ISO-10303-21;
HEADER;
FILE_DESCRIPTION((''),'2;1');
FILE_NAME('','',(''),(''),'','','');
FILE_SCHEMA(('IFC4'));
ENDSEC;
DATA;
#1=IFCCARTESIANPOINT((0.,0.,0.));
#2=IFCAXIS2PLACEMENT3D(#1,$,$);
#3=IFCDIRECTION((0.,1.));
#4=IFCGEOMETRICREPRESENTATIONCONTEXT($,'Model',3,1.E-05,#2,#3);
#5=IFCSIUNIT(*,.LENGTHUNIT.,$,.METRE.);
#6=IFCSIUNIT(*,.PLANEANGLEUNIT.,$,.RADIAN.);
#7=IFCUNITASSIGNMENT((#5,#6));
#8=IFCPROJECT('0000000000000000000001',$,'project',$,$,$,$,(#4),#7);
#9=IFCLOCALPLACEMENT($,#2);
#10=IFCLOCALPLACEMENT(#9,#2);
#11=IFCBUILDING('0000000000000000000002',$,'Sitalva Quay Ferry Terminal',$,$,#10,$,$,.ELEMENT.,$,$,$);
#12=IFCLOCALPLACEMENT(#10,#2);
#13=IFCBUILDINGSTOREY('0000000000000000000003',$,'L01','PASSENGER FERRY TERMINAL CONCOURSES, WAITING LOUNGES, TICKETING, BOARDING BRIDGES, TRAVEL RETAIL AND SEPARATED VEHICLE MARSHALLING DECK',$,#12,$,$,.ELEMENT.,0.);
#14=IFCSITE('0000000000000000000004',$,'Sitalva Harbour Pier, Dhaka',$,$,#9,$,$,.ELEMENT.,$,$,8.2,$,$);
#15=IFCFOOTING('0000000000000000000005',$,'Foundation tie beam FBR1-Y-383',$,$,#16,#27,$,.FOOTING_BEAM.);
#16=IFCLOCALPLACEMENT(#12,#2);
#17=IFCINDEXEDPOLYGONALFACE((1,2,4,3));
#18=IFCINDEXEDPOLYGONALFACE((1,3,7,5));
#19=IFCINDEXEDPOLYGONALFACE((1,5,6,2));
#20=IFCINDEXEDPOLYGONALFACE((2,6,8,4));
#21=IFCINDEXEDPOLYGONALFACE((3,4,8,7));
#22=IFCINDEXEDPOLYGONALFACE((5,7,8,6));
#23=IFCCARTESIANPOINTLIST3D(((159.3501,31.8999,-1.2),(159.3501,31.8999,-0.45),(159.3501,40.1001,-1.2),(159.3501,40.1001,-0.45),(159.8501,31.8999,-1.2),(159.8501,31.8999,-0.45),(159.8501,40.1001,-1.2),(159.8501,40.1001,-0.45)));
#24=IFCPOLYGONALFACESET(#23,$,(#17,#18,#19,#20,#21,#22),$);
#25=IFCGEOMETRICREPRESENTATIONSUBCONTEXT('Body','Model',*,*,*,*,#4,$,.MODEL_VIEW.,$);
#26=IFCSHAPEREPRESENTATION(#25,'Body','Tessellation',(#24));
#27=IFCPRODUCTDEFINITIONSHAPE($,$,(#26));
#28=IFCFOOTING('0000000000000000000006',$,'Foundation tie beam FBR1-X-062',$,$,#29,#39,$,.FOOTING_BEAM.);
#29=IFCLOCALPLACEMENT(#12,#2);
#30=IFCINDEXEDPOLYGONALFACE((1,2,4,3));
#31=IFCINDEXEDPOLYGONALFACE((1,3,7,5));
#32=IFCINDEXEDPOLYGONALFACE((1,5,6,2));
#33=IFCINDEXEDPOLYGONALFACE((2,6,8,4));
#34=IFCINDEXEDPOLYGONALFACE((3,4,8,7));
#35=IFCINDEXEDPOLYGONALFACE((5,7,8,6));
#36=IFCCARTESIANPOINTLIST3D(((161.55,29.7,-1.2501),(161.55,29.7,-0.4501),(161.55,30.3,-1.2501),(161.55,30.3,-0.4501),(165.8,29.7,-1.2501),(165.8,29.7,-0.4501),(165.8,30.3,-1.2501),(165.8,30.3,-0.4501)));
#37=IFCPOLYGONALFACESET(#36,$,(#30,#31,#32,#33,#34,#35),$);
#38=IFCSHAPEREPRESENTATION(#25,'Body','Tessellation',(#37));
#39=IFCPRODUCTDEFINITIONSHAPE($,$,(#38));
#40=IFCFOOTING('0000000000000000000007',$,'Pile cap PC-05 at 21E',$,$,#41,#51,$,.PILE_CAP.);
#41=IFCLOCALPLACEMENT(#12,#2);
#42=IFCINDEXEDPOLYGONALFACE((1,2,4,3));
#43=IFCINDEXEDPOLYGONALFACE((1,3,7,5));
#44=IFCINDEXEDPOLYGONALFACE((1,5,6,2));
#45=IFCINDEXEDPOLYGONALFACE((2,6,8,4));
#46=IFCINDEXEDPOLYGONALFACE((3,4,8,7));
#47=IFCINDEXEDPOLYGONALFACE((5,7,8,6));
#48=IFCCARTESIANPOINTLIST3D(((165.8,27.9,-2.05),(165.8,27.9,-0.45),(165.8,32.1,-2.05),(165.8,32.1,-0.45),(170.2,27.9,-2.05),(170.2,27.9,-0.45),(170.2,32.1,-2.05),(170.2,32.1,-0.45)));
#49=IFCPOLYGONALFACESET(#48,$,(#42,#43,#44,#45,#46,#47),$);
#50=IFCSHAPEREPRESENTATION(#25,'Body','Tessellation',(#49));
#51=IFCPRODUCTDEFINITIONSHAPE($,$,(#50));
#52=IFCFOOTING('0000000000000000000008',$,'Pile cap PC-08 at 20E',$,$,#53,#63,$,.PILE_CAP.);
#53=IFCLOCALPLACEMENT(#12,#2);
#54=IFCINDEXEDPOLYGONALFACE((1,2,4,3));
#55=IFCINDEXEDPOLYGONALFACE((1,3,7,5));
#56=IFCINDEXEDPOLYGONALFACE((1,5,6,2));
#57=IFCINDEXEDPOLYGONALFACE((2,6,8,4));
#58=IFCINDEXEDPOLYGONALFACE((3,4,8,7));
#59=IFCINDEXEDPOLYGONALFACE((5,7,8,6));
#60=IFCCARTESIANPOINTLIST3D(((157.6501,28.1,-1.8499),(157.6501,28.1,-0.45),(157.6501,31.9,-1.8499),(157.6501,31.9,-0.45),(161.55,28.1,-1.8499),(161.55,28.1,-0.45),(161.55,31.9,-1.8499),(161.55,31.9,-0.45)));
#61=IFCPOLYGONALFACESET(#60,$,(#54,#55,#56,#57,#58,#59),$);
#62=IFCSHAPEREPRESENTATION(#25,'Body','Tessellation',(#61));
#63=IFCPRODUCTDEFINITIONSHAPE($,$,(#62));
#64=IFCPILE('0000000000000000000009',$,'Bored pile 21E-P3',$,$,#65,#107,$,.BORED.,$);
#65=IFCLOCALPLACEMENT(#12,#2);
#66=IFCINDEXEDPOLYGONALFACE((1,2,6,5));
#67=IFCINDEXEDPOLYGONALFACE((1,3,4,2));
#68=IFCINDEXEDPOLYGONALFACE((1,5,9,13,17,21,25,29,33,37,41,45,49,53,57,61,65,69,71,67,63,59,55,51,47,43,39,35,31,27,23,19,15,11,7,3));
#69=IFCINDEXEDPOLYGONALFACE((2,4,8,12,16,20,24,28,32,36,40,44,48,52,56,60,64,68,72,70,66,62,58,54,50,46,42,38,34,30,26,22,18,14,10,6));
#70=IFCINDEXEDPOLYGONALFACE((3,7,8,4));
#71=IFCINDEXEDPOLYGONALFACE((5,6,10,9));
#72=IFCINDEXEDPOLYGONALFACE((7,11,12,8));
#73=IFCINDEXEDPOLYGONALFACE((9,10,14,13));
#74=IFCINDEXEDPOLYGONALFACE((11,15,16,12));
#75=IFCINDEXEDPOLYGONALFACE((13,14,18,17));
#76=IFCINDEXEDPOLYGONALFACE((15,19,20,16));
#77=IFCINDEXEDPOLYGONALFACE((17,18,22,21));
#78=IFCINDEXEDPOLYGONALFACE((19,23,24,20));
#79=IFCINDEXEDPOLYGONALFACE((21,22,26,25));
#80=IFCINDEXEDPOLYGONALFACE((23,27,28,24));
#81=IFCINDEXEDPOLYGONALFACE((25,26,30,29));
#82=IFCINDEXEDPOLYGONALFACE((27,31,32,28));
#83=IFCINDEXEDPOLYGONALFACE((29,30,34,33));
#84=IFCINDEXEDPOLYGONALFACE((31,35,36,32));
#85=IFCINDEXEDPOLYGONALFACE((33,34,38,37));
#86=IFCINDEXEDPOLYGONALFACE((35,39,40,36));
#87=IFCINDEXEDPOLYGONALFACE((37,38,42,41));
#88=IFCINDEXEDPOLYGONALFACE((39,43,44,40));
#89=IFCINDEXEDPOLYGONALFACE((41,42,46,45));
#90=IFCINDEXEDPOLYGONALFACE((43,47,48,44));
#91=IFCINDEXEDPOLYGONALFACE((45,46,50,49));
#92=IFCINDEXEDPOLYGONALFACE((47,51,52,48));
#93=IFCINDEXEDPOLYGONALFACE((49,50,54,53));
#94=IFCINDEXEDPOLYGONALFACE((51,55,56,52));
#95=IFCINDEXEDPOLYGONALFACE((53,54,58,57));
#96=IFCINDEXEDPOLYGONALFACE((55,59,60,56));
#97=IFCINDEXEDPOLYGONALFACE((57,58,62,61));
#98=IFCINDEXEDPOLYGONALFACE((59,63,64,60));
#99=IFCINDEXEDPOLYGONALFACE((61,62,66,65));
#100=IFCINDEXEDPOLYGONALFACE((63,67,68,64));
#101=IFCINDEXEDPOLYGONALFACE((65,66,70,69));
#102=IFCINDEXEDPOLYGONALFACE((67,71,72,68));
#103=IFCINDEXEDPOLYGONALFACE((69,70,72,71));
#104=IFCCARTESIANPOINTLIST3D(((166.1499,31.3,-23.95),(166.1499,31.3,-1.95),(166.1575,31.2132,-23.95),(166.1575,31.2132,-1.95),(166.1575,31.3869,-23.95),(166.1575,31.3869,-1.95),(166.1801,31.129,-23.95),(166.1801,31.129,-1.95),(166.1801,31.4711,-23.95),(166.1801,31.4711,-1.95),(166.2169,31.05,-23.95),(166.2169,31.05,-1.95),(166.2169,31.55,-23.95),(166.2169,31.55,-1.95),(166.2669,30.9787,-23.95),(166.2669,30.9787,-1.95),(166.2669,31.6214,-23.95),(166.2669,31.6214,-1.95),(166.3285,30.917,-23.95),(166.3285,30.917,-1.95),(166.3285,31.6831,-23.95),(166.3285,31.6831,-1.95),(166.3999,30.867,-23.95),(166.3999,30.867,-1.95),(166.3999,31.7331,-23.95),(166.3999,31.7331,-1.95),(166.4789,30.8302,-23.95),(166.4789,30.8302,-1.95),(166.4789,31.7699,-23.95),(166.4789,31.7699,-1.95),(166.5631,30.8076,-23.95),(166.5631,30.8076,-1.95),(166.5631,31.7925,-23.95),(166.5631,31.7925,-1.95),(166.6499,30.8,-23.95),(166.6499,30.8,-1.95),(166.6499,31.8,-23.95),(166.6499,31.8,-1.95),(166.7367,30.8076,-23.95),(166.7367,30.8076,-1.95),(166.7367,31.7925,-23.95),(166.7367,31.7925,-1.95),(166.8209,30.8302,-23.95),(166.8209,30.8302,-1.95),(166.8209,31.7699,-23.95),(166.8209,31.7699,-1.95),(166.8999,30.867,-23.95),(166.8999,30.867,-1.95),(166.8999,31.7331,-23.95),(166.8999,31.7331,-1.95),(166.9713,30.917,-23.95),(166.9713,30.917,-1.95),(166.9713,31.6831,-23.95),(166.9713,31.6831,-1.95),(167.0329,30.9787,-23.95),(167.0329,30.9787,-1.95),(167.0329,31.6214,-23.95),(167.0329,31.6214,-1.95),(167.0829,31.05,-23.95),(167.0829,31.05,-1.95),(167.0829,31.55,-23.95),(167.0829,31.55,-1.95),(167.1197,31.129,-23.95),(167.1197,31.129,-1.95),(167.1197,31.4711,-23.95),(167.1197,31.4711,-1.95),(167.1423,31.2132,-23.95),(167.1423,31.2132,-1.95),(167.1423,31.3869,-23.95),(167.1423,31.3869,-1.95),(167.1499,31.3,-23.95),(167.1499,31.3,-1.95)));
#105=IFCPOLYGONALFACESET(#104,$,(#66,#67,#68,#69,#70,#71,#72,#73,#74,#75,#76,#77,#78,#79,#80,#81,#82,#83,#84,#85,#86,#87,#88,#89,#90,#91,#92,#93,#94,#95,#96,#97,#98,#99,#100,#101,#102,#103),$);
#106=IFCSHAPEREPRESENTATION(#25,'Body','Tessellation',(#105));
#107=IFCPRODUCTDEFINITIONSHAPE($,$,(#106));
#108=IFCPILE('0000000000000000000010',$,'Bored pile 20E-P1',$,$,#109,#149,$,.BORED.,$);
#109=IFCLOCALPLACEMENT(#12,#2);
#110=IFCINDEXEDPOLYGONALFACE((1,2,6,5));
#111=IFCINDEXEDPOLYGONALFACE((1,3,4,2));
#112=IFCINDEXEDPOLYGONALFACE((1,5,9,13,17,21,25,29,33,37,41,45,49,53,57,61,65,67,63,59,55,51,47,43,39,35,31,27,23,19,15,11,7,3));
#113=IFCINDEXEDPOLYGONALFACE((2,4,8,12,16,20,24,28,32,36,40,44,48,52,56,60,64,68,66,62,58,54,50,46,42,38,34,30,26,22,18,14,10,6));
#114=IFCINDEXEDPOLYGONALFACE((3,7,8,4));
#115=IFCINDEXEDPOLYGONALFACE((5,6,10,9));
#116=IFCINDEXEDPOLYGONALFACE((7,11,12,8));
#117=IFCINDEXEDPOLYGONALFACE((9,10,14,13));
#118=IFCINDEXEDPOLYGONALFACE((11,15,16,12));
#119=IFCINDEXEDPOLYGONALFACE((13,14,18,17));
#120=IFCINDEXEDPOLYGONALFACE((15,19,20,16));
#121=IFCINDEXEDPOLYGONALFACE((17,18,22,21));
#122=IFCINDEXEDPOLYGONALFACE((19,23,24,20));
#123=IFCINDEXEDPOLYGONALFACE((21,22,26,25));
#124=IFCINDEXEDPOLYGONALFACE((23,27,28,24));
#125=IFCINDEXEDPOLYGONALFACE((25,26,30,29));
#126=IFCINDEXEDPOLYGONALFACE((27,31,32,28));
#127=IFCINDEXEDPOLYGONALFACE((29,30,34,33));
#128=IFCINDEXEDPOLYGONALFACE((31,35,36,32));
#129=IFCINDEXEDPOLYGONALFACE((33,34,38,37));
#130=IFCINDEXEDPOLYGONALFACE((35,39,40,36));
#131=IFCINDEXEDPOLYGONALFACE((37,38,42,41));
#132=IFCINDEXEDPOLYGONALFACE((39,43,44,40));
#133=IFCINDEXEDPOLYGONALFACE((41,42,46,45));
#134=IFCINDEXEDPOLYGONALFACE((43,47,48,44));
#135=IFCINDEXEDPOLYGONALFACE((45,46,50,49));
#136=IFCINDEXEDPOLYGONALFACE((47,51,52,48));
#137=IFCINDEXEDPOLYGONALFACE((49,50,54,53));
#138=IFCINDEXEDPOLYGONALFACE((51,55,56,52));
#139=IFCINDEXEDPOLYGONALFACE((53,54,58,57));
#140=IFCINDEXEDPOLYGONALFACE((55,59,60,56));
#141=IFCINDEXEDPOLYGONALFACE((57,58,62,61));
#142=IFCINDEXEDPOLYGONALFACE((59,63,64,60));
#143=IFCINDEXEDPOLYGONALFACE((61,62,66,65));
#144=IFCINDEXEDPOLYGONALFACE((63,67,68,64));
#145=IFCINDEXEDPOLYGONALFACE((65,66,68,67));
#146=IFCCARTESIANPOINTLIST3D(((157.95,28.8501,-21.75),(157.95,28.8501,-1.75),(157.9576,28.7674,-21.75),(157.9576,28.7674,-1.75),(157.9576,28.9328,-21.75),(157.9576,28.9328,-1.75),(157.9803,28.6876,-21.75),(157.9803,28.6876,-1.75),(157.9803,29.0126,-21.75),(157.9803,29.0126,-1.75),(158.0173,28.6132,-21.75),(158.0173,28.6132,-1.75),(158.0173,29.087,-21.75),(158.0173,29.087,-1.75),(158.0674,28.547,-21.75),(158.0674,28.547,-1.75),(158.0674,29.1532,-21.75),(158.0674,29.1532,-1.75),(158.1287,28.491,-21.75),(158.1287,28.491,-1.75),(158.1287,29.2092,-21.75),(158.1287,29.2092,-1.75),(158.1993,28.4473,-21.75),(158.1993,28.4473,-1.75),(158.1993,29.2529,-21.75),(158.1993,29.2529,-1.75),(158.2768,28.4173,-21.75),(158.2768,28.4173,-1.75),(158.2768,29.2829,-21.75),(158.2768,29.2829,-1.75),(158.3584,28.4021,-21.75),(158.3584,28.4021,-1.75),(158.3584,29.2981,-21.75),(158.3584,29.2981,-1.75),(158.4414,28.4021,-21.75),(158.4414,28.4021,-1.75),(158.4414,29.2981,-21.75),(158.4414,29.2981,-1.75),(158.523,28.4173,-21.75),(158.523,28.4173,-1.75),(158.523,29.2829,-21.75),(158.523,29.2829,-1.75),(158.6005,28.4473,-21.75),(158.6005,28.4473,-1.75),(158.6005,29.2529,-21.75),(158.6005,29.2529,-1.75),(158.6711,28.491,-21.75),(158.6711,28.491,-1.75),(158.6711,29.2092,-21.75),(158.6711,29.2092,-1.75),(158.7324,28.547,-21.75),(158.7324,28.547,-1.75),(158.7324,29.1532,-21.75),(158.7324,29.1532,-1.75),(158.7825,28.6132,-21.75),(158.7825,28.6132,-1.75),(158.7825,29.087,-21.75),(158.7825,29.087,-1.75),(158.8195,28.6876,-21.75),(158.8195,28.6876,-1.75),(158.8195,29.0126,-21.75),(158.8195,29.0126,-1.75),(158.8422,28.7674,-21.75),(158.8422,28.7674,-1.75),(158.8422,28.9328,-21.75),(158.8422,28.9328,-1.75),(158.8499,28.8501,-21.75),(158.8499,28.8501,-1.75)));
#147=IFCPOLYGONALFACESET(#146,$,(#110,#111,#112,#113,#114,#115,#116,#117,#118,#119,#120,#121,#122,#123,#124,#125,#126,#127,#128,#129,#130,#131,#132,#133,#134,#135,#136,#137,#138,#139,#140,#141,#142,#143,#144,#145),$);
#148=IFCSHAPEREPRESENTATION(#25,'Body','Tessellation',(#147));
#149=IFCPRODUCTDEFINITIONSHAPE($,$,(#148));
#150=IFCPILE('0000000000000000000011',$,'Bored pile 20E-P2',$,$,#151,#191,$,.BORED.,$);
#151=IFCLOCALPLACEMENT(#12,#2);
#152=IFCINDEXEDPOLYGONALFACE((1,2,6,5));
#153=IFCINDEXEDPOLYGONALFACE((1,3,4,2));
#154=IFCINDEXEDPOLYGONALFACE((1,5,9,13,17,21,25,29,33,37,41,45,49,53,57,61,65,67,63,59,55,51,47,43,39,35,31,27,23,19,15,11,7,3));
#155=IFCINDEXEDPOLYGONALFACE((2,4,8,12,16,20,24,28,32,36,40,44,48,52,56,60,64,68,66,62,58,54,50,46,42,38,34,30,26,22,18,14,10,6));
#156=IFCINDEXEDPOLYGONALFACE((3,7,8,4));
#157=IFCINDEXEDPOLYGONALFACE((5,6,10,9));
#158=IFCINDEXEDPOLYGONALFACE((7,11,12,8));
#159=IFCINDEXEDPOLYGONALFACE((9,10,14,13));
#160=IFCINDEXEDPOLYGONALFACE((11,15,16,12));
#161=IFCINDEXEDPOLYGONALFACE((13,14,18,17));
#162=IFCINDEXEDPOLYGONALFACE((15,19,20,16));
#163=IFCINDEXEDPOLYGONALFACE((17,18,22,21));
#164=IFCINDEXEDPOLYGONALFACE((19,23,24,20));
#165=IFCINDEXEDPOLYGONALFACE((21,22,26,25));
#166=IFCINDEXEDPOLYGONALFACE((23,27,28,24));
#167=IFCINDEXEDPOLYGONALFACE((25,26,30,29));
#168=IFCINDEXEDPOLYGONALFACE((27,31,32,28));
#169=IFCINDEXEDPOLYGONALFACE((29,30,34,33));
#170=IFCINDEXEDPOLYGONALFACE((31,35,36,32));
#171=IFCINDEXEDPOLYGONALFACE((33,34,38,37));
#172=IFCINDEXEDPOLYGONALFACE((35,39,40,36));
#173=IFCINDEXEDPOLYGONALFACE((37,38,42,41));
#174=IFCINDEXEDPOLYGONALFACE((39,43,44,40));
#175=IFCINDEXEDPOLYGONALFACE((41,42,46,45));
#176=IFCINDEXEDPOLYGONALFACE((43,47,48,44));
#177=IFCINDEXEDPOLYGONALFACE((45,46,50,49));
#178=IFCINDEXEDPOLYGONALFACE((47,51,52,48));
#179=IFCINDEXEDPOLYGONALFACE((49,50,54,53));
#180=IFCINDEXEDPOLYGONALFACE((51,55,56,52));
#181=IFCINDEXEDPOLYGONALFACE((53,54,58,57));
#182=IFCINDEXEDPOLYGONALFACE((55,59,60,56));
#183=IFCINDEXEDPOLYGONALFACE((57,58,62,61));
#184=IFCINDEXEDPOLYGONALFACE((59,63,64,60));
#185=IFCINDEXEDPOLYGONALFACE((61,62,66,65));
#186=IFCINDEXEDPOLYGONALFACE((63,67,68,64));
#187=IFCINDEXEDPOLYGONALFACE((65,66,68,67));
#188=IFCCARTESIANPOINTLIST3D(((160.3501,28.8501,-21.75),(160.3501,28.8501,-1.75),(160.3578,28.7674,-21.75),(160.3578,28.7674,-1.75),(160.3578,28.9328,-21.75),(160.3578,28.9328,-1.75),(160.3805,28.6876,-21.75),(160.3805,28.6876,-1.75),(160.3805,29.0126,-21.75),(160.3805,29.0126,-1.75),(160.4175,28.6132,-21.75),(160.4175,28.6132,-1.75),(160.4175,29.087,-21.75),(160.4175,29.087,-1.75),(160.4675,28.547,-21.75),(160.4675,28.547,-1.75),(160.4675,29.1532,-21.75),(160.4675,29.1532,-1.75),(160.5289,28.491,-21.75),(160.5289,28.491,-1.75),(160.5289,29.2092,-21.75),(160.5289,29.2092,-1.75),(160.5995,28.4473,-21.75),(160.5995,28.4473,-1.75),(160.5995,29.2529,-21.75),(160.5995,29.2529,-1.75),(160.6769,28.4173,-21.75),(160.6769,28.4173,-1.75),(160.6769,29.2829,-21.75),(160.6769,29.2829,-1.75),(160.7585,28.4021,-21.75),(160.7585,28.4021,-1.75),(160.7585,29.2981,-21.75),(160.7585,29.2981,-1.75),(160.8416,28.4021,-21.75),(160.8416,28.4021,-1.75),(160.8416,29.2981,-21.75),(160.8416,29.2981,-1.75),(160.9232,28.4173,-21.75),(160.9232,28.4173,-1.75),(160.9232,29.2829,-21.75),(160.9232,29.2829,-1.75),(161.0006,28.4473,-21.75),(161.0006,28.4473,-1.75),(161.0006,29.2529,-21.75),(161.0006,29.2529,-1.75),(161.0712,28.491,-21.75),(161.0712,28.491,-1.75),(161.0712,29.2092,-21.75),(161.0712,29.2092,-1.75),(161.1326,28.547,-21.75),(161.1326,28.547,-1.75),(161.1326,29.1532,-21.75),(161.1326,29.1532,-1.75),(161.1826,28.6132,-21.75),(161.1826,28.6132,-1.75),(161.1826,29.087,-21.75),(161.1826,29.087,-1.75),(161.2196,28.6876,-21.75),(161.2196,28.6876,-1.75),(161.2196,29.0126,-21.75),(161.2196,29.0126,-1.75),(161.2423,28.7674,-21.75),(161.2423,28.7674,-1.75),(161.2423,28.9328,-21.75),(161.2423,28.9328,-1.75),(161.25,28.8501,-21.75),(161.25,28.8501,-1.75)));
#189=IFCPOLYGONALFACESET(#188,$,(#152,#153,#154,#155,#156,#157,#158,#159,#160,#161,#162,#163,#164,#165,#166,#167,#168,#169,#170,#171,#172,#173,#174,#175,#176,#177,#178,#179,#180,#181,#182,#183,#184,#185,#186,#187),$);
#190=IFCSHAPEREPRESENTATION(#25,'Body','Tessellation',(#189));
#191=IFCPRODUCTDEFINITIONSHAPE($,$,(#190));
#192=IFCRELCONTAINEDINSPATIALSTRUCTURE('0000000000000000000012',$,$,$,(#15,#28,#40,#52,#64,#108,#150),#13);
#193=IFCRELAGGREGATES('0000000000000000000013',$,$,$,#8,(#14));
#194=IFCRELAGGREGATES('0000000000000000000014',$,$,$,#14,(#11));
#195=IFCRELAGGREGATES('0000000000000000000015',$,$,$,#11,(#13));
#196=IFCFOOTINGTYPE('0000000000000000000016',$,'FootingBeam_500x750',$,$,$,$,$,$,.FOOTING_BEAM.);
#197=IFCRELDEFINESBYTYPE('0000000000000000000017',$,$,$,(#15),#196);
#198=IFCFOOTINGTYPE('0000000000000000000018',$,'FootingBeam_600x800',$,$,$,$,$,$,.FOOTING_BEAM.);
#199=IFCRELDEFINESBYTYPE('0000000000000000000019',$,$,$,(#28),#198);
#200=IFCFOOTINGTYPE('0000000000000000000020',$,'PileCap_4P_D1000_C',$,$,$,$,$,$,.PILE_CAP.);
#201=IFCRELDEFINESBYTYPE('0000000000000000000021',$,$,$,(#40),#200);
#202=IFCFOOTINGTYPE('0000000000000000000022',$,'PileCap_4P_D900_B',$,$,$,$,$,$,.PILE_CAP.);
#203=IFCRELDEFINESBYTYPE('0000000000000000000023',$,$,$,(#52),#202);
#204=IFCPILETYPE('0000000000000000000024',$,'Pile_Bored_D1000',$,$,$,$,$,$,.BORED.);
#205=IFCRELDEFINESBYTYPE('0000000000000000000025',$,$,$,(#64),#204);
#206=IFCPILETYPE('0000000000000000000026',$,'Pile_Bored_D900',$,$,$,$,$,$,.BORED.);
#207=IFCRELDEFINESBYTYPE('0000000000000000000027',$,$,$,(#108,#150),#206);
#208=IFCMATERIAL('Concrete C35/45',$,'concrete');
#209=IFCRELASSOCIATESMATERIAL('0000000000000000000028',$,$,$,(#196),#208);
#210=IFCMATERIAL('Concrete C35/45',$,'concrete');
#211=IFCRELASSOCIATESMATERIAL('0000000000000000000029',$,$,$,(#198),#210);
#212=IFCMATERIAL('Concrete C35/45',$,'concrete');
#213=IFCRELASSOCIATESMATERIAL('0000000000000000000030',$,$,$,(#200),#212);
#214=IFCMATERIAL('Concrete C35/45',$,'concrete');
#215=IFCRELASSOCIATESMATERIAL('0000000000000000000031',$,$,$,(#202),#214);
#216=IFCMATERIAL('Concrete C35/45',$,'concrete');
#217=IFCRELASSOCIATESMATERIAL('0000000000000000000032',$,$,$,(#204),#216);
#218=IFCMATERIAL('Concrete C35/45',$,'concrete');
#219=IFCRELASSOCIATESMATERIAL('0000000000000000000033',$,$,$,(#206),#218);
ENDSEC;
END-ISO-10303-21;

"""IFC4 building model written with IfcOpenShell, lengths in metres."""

from ifc_helpers import new_model, si_unit, direction, frame, origin, origin_2d, place, context, subcontext, project, spatial, rectangle, circle, extrude, material, material_profile, profile_set, type_object, element, save


model = new_model("IFC4")

# Units and contexts
model_context = context("Model", 3, precision=1e-05, world=origin(), true_north=direction((0.0, 1.0)))
body_context = subcontext(model_context, "Body", "Model", "MODEL_VIEW")
ifc_project = project(units=[si_unit("LENGTHUNIT", "METRE"), si_unit("PLANEANGLEUNIT", "RADIAN")], contexts=[model_context])

# Site, building, storey
site_placement = place(None, origin())
site = spatial("IfcSite", under=ifc_project, at=site_placement, Name="Sitalva Harbour Pier, Dhaka", CompositionType="ELEMENT", RefElevation=8.2)
building_placement = place(site_placement, origin())
building = spatial("IfcBuilding", under=site, at=building_placement, Name="Sitalva Quay Ferry Terminal", CompositionType="ELEMENT")
storey_placement = place(building_placement, origin())
storey = spatial("IfcBuildingStorey", under=building, at=storey_placement, Name="L01", Description="PASSENGER FERRY TERMINAL CONCOURSES, WAITING LOUNGES, TICKETING, BOARDING BRIDGES, TRAVEL RETAIL AND SEPARATED VEHICLE MARSHALLING DECK", CompositionType="ELEMENT", Elevation=0.0)

# Footings
ifc_material_1 = material(Name="Concrete C35/45", Category="concrete")
ifc_material_profile_1 = material_profile(ifc_material_1, rectangle(XDim=0.5, YDim=0.75, at=origin_2d()), Name="RC500x750")
ifc_profile_set_1 = profile_set([ifc_material_profile_1], Name="Concrete C35/45")
footing_type_1 = type_object("IfcFootingType", Name="FootingBeam_500x750", PredefinedType="FOOTING_BEAM", material=ifc_profile_set_1)
footing_1_placement = place(storey_placement, frame((159.6001, 31.8999, -0.825), z_axis=(0.0, 1.0, 0.0), x_axis=(-1.0, 0.0, 0.0)))
element("IfcFooting", 1, at=footing_1_placement, inside=storey, type_object=footing_type_1, Name="Foundation tie beam FBR1-Y-383", PredefinedType="FOOTING_BEAM", context=body_context, shape_type="SweptSolid", body=[
    extrude(rectangle(XDim=0.5, YDim=0.75, at=origin_2d()), origin(), (0.0, 0.0, 1.0), 8.2002),
])
ifc_material_2 = material(Name="Concrete C35/45", Category="concrete")
ifc_material_profile_2 = material_profile(ifc_material_2, rectangle(XDim=0.6001, YDim=0.8, at=origin_2d()), Name="RC600x800")
ifc_profile_set_2 = profile_set([ifc_material_profile_2], Name="Concrete C35/45")
footing_type_2 = type_object("IfcFootingType", Name="FootingBeam_600x800", PredefinedType="FOOTING_BEAM", material=ifc_profile_set_2)
footing_2_placement = place(storey_placement, frame((161.55, 30.0, -0.8501), z_axis=(1.0, 0.0, 0.0), x_axis=(0.0, 1.0, 0.0)))
element("IfcFooting", 2, at=footing_2_placement, inside=storey, type_object=footing_type_2, Name="Foundation tie beam FBR1-X-062", PredefinedType="FOOTING_BEAM", context=body_context, shape_type="SweptSolid", body=[
    extrude(rectangle(XDim=0.6001, YDim=0.8, at=origin_2d()), origin(), (0.0, 0.0, 1.0), 4.25),
])
ifc_material_3 = material(Name="Concrete C35/45", Category="concrete")
footing_type_3 = type_object("IfcFootingType", Name="PileCap_4P_D1000_C", PredefinedType="PILE_CAP", material=ifc_material_3)
footing_3_placement = place(storey_placement, frame((168.0, 30.0, -2.05), z_axis=(0.0, 0.0, 1.0), x_axis=(1.0, 0.0, 0.0)))
element("IfcFooting", 3, at=footing_3_placement, inside=storey, type_object=footing_type_3, Name="Pile cap PC-05 at 21E", PredefinedType="PILE_CAP", context=body_context, shape_type="SweptSolid", body=[
    extrude(rectangle(XDim=4.3999, YDim=4.2, at=origin_2d()), origin(), (0.0, 0.0, 1.0), 1.6001),
])
ifc_material_4 = material(Name="Concrete C35/45", Category="concrete")
footing_type_4 = type_object("IfcFootingType", Name="PileCap_4P_D900_B", PredefinedType="PILE_CAP", material=ifc_material_4)
footing_4_placement = place(storey_placement, frame((159.6001, 30.0, -1.8499), z_axis=(0.0, 0.0, 1.0), x_axis=(1.0, 0.0, 0.0)))
element("IfcFooting", 4, at=footing_4_placement, inside=storey, type_object=footing_type_4, Name="Pile cap PC-08 at 20E", PredefinedType="PILE_CAP", context=body_context, shape_type="SweptSolid", body=[
    extrude(rectangle(XDim=3.8999, YDim=3.8, at=origin_2d()), origin(), (0.0, 0.0, 1.0), 1.3999),
])

# Piles
ifc_material_5 = material(Name="Concrete C35/45", Category="concrete")
ifc_material_profile_3 = material_profile(ifc_material_5, circle(Radius=0.5, at=origin_2d()), Name="PILE-D1000")
ifc_profile_set_3 = profile_set([ifc_material_profile_3], Name="Concrete C35/45")
pile_type_1 = type_object("IfcPileType", Name="Pile_Bored_D1000", PredefinedType="BORED", material=ifc_profile_set_3)
pile_placement = place(storey_placement, frame((166.6499, 31.3, -1.95), z_axis=(0.0, 0.0, -1.0), x_axis=(1.0, 0.0, 0.0)))
element("IfcPile", 5, at=pile_placement, inside=storey, type_object=pile_type_1, Name="Bored pile 21E-P3", PredefinedType="BORED", context=body_context, shape_type="SweptSolid", body=[
    extrude(circle(Radius=0.5, at=origin_2d()), origin(), (0.0, 0.0, 1.0), 22.0),
])
ifc_material_6 = material(Name="Concrete C35/45", Category="concrete")
ifc_material_profile_4 = material_profile(ifc_material_6, circle(Radius=0.45, at=origin_2d()), Name="PILE-D900")
ifc_profile_set_4 = profile_set([ifc_material_profile_4], Name="Concrete C35/45")
pile_type_2 = type_object("IfcPileType", Name="Pile_Bored_D900", PredefinedType="BORED", material=ifc_profile_set_4)
for number, where, z_axis, x_axis, name in (
    (6, (158.3999, 28.8501, -1.75), (0.0, 0.0, -1.0), (1.0, 0.0, 0.0), "Bored pile 20E-P1"),
    (7, (160.8, 28.8501, -1.75), (0.0, 0.0, -1.0), (1.0, 0.0, 0.0), "Bored pile 20E-P2"),
):
    element("IfcPile", number, at=place(storey_placement, frame(where, z_axis=z_axis, x_axis=x_axis)), inside=storey, type_object=pile_type_2, Name=name, PredefinedType="BORED", context=body_context, shape_type="SweptSolid", body=[
        extrude(circle(Radius=0.45, at=origin_2d()), origin(), (0.0, 0.0, 1.0), 20.0),
    ])

save(model, "model.ifc")
